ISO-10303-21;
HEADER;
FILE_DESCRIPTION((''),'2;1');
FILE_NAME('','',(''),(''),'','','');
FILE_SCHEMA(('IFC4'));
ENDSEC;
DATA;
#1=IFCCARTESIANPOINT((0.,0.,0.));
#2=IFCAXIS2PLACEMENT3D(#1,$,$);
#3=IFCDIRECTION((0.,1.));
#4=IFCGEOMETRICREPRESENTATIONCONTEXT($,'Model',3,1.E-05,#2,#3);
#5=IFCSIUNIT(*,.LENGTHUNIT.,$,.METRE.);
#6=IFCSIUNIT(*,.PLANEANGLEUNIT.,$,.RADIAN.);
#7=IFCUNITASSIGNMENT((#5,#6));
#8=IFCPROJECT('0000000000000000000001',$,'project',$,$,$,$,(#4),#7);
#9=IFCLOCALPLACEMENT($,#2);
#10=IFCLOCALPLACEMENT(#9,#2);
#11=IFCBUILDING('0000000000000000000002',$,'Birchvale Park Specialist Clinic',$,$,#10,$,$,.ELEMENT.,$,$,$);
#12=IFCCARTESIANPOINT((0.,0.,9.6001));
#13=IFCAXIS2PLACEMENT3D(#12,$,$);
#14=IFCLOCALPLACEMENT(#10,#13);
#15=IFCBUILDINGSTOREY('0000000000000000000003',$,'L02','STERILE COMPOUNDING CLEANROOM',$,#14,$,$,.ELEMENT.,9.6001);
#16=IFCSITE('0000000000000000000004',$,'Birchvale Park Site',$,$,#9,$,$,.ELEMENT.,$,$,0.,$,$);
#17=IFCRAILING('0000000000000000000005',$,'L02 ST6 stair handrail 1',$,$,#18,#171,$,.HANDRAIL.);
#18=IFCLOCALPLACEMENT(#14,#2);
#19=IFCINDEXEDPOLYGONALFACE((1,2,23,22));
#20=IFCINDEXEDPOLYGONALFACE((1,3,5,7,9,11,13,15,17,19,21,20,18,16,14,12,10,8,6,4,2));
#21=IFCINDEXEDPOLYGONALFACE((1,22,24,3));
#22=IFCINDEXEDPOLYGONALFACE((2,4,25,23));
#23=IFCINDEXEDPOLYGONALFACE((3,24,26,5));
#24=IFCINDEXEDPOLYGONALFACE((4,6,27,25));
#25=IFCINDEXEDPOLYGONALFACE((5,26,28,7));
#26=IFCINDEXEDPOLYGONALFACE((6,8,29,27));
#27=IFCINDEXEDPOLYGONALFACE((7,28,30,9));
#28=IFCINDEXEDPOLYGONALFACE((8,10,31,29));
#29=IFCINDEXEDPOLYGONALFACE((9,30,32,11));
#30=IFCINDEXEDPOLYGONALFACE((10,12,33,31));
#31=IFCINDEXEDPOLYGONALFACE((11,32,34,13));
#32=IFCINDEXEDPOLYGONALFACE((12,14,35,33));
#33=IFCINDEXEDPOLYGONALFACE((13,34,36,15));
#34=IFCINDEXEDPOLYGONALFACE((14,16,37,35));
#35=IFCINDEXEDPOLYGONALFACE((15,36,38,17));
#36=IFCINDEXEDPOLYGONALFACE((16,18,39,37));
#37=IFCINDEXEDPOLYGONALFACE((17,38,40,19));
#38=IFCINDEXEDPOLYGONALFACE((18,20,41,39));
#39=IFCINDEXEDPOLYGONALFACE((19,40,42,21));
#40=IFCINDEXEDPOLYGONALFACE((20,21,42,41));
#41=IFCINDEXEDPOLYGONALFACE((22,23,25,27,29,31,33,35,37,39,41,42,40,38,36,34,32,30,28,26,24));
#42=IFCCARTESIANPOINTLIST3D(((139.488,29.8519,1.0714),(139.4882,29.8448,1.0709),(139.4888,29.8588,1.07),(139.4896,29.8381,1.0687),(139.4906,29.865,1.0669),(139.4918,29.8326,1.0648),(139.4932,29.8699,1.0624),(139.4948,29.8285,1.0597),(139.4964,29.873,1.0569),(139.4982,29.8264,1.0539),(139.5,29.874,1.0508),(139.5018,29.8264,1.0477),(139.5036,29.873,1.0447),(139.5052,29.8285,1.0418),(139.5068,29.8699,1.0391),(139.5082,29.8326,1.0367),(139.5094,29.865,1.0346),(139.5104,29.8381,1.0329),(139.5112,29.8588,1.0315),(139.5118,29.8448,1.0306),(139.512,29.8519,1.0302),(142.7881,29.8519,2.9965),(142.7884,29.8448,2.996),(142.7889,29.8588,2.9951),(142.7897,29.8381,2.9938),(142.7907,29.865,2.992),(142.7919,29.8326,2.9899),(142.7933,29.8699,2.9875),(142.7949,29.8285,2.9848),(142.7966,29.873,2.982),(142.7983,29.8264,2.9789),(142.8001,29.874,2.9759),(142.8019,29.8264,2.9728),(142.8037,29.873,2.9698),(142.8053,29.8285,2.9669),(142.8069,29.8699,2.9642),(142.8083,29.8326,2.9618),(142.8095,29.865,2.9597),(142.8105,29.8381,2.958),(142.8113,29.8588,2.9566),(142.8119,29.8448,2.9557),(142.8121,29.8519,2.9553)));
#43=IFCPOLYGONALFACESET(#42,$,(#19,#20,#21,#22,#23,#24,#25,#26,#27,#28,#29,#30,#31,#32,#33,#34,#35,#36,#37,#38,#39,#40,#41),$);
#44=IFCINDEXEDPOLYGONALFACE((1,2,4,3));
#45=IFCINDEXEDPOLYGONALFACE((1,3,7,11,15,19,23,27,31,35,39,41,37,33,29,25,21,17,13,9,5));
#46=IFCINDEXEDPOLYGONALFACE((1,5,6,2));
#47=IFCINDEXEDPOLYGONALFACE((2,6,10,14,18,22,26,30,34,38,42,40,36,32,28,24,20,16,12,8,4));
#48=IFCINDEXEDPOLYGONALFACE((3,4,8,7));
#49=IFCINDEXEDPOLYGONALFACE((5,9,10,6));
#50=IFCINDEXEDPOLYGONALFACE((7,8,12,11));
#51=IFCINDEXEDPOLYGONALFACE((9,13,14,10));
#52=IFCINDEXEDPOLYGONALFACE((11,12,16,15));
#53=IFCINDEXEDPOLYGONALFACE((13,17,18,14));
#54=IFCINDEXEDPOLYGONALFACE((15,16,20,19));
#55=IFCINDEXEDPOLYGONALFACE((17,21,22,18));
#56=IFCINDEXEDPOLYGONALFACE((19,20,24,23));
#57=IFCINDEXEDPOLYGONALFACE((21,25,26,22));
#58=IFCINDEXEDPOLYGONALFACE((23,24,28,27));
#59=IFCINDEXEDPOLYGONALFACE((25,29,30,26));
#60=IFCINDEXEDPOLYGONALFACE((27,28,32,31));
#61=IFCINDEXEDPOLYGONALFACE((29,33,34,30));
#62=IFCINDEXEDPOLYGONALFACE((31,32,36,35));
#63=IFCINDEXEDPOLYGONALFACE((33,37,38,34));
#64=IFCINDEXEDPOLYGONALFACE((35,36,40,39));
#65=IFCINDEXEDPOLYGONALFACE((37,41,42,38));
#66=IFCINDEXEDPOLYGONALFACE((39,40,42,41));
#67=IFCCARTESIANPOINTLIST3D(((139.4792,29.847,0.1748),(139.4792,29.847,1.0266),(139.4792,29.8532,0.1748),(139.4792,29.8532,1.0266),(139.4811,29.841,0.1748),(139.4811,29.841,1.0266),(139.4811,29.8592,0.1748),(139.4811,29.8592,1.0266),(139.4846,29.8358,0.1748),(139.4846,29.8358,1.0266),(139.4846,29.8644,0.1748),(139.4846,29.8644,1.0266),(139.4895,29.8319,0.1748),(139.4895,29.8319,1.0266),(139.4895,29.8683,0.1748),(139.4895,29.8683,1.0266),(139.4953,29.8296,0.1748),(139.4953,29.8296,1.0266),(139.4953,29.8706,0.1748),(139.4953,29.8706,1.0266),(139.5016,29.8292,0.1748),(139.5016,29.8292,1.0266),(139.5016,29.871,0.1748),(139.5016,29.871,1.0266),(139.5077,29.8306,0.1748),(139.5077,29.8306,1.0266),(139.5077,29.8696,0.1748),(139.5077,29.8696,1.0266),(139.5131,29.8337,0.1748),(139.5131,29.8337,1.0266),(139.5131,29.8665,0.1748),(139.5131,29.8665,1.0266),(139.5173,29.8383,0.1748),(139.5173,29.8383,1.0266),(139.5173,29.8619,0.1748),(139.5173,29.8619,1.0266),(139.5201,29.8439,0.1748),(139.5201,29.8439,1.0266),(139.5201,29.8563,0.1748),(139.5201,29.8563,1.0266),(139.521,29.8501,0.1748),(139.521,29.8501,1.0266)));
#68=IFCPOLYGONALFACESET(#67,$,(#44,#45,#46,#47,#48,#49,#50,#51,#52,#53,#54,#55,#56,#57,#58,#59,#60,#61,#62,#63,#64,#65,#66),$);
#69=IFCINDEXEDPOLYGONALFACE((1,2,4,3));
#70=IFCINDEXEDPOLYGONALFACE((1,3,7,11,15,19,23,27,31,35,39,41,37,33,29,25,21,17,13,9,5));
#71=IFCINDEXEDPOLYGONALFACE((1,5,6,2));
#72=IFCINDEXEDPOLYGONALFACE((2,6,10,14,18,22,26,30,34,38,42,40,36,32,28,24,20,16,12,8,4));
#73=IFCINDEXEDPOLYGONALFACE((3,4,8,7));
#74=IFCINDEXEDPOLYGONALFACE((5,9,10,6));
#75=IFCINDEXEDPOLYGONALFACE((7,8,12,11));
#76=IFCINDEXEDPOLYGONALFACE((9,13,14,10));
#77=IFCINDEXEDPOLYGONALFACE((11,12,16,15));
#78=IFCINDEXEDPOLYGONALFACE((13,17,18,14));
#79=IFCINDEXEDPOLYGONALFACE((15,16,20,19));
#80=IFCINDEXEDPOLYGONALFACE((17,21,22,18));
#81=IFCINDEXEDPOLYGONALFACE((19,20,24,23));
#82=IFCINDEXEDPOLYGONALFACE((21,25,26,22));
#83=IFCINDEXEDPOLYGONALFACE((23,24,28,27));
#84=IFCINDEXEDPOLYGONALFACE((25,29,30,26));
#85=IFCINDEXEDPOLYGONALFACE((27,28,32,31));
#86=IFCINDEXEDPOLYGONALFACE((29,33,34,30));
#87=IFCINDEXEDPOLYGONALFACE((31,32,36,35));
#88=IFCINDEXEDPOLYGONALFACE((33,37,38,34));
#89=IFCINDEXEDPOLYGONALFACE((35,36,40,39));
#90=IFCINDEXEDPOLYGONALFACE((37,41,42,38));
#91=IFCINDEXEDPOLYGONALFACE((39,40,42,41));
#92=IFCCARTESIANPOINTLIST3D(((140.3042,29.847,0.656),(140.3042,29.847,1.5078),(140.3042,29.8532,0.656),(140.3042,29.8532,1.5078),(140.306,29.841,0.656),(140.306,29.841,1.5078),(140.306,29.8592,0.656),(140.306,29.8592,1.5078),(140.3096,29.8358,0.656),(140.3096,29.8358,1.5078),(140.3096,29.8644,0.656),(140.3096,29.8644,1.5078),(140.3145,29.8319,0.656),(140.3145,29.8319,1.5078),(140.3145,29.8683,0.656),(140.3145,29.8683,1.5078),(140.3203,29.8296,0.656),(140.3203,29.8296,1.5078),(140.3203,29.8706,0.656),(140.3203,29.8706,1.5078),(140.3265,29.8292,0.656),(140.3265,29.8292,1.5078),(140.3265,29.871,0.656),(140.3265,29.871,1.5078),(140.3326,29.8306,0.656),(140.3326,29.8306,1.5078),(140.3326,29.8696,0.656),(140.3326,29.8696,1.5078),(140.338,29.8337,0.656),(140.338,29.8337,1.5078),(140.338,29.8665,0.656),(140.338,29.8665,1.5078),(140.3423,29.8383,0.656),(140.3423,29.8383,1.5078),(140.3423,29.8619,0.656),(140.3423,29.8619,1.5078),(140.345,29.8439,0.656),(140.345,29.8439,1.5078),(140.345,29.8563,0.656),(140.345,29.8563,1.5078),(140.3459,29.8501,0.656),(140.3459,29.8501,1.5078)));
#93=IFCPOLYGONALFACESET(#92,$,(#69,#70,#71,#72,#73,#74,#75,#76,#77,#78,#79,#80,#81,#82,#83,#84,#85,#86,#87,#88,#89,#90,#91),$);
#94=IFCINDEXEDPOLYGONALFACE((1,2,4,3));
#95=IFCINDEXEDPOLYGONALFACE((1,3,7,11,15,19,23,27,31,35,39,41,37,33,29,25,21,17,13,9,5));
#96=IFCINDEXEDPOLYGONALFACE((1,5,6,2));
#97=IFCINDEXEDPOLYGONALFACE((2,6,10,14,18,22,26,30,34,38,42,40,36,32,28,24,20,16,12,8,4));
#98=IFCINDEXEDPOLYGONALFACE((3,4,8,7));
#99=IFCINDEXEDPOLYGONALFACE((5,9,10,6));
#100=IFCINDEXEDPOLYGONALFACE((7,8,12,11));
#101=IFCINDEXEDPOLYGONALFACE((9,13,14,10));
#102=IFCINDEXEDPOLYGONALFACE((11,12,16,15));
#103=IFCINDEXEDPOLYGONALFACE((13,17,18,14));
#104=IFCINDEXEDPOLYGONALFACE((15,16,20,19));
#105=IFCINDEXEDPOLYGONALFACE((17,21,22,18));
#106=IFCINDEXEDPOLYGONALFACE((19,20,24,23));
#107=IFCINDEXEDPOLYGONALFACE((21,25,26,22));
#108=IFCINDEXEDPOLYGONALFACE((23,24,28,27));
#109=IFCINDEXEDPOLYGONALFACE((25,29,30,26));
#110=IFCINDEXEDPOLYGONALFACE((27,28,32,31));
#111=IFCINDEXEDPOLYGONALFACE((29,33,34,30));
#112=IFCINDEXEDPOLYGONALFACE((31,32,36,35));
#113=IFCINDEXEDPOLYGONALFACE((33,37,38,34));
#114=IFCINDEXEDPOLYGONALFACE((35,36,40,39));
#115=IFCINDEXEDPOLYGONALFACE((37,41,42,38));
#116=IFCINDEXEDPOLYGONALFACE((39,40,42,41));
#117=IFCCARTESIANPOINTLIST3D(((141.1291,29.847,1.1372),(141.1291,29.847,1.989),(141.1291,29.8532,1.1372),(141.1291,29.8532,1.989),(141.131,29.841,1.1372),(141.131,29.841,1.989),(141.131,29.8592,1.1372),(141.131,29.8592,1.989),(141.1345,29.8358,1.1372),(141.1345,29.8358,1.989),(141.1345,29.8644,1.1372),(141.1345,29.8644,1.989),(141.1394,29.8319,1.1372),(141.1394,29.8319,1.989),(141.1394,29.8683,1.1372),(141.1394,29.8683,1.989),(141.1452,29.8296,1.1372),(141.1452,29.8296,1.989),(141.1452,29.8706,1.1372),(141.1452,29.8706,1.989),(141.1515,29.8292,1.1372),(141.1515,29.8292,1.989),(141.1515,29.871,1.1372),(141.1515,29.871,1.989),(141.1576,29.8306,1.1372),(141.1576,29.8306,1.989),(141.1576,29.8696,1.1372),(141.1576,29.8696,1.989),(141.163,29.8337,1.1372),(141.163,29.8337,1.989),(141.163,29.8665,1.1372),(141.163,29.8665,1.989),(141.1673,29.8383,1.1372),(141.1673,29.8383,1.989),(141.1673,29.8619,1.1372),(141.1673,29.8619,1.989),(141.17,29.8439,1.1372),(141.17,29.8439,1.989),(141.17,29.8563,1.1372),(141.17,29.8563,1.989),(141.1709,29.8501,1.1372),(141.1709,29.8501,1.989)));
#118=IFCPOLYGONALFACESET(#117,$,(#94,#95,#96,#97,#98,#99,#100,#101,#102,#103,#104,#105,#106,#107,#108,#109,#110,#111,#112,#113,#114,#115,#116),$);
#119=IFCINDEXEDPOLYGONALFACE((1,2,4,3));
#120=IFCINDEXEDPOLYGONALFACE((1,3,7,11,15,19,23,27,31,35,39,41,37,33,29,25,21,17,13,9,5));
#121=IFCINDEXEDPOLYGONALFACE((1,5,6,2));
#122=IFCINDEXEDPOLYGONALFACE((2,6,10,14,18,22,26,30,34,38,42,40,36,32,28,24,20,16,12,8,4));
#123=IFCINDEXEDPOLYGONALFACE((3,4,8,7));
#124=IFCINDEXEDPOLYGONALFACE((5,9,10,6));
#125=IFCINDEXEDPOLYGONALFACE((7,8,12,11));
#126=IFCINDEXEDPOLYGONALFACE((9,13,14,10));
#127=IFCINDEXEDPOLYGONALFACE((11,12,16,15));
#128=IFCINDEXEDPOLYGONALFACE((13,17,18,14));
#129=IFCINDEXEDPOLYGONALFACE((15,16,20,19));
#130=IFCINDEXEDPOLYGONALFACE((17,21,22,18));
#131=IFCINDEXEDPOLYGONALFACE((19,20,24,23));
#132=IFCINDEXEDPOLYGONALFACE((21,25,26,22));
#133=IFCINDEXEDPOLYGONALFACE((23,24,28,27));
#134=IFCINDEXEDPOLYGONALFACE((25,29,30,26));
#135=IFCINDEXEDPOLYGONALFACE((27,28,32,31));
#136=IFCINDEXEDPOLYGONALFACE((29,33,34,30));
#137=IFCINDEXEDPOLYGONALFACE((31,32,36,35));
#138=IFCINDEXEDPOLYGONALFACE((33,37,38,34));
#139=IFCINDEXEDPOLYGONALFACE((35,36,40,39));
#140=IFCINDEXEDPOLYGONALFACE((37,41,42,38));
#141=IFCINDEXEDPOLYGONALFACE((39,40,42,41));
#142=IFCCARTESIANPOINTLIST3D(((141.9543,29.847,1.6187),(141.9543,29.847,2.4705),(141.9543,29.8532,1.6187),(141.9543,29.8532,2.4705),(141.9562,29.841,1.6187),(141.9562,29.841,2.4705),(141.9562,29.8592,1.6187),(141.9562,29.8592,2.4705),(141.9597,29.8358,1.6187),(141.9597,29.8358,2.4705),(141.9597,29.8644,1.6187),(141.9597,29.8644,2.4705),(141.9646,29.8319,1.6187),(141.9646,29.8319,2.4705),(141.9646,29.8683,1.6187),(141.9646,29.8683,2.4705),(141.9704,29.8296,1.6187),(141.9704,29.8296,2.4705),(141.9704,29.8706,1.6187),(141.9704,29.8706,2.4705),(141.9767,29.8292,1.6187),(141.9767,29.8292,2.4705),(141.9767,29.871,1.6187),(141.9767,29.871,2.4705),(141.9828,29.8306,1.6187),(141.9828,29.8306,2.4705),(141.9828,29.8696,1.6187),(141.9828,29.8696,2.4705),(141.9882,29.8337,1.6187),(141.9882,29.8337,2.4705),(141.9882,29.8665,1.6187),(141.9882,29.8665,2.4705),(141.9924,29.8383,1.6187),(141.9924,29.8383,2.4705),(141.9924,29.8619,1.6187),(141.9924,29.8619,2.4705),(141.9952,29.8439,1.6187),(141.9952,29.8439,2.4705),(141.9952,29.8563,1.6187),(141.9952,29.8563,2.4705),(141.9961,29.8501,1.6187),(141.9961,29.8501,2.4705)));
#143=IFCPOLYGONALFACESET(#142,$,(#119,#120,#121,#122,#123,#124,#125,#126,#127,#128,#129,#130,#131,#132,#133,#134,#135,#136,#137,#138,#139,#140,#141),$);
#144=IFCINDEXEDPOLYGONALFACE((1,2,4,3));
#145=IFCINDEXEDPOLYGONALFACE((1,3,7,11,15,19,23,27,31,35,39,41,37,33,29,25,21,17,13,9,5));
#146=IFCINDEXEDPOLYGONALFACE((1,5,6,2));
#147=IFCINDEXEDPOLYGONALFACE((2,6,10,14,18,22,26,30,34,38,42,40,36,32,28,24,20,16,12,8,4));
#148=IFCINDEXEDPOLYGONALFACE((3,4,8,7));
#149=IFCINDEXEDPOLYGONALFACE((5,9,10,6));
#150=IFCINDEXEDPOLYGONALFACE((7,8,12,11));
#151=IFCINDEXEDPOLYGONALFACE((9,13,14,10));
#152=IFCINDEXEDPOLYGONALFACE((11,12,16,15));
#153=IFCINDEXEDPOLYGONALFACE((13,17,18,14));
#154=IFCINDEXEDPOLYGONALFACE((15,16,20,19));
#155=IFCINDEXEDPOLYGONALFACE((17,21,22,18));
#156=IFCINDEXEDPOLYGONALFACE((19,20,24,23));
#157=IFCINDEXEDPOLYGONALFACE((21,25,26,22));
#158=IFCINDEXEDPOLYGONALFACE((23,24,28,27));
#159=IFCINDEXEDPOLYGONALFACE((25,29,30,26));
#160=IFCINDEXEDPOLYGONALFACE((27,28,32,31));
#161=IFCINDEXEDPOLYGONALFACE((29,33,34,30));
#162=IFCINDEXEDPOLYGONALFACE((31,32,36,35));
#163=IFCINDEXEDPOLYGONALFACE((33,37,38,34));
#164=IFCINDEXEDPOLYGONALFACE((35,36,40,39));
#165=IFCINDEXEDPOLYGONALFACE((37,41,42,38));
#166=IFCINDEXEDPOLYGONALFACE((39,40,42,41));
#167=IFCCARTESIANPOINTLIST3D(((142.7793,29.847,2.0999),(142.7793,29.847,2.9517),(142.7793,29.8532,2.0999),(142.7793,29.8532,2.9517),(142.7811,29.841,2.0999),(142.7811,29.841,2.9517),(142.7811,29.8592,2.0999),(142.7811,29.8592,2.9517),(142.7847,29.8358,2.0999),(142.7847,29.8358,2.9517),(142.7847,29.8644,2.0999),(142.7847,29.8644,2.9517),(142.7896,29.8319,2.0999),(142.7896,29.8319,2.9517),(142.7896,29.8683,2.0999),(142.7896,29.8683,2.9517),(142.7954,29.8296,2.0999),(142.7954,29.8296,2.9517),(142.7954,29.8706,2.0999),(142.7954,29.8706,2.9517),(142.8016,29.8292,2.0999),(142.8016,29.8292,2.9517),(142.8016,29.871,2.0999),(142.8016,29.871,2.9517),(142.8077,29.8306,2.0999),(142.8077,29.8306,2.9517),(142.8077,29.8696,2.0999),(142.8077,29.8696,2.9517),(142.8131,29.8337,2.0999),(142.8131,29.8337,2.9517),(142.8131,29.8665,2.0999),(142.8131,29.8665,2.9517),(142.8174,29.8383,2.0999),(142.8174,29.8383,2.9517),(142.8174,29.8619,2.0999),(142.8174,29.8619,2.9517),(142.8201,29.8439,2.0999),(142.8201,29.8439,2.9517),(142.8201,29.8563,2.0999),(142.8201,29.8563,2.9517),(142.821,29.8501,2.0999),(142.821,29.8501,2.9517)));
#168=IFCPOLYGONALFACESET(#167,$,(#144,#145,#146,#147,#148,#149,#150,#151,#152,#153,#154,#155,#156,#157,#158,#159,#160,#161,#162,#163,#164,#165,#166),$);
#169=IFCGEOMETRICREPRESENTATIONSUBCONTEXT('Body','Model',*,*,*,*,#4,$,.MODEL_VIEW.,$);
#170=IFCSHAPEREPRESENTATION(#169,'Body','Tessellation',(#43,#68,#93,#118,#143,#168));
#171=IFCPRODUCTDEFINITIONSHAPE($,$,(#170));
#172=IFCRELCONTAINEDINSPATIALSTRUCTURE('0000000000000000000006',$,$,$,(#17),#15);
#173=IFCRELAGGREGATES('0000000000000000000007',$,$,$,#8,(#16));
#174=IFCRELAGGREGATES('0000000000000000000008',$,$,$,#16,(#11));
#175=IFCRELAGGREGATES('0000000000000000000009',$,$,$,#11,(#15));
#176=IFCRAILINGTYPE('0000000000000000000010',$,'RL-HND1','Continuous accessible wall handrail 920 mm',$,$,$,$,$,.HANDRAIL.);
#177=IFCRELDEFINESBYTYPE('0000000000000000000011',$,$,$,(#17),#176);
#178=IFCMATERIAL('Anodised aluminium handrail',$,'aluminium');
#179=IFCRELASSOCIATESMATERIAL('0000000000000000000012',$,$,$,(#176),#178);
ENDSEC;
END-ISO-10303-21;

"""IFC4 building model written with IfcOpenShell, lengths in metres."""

from ifc_helpers import new_model, si_unit, direction, frame, origin, origin_2d, place, context, subcontext, project, spatial, circle, extrude, material, type_object, element, save


model = new_model("IFC4")

# Units and contexts
model_context = context("Model", 3, precision=1e-05, world=origin(), true_north=direction((0.0, 1.0)))
body_context = subcontext(model_context, "Body", "Model", "MODEL_VIEW")
ifc_project = project(units=[si_unit("LENGTHUNIT", "METRE"), si_unit("PLANEANGLEUNIT", "RADIAN")], contexts=[model_context])

# Site, building, storey
site_placement = place(None, origin())
site = spatial("IfcSite", under=ifc_project, at=site_placement, Name="Birchvale Park Site", CompositionType="ELEMENT", RefElevation=0.0)
building_placement = place(site_placement, origin())
building = spatial("IfcBuilding", under=site, at=building_placement, Name="Birchvale Park Specialist Clinic", CompositionType="ELEMENT")
storey_placement = place(building_placement, frame((0.0, 0.0, 9.6001)))
storey = spatial("IfcBuildingStorey", under=building, at=storey_placement, Name="L02", Description="STERILE COMPOUNDING CLEANROOM", CompositionType="ELEMENT", Elevation=9.6001)

# Railing
ifc_material_1 = material(Name="Anodised aluminium handrail", Category="aluminium")
railing_type_1 = type_object("IfcRailingType", Name="RL-HND1", Description="Continuous accessible wall handrail 920 mm", PredefinedType="HANDRAIL", material=ifc_material_1)
railing_1_placement = place(storey_placement, frame((139.5, 29.8501, 0.1748)))
element("IfcRailing", 1, at=railing_1_placement, inside=storey, type_object=railing_type_1, Name="L02 ST6 stair handrail 1", PredefinedType="HANDRAIL", context=body_context, shape_type="SweptSolid", body=[
    extrude(circle(Radius=0.0239, at=origin_2d()), frame((0.0, 0.0, 0.876), z_axis=(0.863777, 0.0, 0.503875), x_axis=(0.0, 1.0, 0.0)), (0.0, 0.0, 1.0), 3.8206),
    extrude(circle(Radius=0.021, at=origin_2d()), origin(), (0.0, 0.0, 1.0), 0.8518),
    extrude(circle(Radius=0.021, at=origin_2d()), frame((0.825, 0.0, 0.4812)), (0.0, 0.0, 1.0), 0.8518),
    extrude(circle(Radius=0.021, at=origin_2d()), frame((1.6499, 0.0, 0.9624)), (0.0, 0.0, 1.0), 0.8518),
    extrude(circle(Radius=0.021, at=origin_2d()), frame((2.4751, 0.0, 1.4438)), (0.0, 0.0, 1.0), 0.8518),
    extrude(circle(Radius=0.021, at=origin_2d()), frame((3.3, 0.0, 1.925)), (0.0, 0.0, 1.0), 0.8518),
])

save(model, "model.ifc")
